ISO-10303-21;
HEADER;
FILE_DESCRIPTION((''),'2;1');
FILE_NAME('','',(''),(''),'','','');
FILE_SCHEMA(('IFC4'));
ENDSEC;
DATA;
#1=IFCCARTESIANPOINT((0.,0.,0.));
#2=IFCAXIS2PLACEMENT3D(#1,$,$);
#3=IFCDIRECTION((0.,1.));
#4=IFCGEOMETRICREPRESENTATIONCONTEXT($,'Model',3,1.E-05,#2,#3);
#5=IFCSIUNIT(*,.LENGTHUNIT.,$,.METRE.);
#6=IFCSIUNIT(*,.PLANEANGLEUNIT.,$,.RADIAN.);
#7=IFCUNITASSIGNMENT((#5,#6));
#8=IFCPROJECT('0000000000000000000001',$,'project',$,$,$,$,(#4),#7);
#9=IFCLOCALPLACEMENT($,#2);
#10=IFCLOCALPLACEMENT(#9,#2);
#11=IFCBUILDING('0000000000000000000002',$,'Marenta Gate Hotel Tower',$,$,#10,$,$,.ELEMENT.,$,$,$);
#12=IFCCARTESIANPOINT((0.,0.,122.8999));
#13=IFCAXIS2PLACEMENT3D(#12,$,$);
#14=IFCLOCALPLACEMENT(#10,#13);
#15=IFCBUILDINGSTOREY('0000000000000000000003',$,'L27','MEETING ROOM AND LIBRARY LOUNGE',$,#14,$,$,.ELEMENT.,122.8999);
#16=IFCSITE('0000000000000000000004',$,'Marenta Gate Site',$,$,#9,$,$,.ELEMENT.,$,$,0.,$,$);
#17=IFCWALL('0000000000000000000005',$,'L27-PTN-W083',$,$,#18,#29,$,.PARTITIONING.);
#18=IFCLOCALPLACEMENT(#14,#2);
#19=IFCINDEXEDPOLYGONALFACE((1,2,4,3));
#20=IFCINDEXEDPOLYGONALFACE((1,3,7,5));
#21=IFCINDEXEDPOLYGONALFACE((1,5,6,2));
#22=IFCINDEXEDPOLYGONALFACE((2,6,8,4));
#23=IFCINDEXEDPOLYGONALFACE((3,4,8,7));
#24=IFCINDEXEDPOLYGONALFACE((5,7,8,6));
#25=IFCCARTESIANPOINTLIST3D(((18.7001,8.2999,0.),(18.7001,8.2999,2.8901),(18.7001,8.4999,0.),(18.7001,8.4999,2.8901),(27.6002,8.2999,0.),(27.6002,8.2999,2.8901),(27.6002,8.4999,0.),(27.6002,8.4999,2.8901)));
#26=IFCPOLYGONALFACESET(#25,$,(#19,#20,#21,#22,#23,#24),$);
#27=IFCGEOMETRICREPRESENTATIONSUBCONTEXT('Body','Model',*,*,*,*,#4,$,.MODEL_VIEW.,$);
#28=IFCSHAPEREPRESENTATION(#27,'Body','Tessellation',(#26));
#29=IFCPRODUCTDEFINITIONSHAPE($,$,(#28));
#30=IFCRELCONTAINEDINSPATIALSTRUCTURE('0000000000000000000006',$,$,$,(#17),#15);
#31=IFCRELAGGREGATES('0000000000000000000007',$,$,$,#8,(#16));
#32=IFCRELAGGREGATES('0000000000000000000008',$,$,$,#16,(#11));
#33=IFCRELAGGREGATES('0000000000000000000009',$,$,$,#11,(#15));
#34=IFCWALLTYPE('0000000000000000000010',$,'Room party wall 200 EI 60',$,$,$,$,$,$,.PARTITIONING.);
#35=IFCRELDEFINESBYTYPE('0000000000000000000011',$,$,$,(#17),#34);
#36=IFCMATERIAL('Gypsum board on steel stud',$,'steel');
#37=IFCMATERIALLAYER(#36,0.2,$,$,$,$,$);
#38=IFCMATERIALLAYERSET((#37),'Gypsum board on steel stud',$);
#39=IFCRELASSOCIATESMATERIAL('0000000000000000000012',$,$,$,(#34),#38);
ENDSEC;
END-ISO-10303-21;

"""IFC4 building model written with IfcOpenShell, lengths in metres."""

from ifc_helpers import new_model, si_unit, direction, frame, frame_2d, origin, place, context, subcontext, project, spatial, rectangle, extrude, material, layer, layer_set, type_object, element, save


model = new_model("IFC4")

# Units and contexts
model_context = context("Model", 3, precision=1e-05, world=origin(), true_north=direction((0.0, 1.0)))
body_context = subcontext(model_context, "Body", "Model", "MODEL_VIEW")
ifc_project = project(units=[si_unit("LENGTHUNIT", "METRE"), si_unit("PLANEANGLEUNIT", "RADIAN")], contexts=[model_context])

# Site, building, storey
site_placement = place(None, origin())
site = spatial("IfcSite", under=ifc_project, at=site_placement, Name="Marenta Gate Site", CompositionType="ELEMENT", RefElevation=0.0)
building_placement = place(site_placement, origin())
building = spatial("IfcBuilding", under=site, at=building_placement, Name="Marenta Gate Hotel Tower", CompositionType="ELEMENT")
storey_placement = place(building_placement, frame((0.0, 0.0, 122.8999)))
storey = spatial("IfcBuildingStorey", under=building, at=storey_placement, Name="L27", Description="MEETING ROOM AND LIBRARY LOUNGE", CompositionType="ELEMENT", Elevation=122.8999)

# Wall
ifc_material_1 = material(Name="Gypsum board on steel stud", Category="steel")
ifc_layer_1 = layer(ifc_material_1, 0.2)
ifc_layer_set_1 = layer_set([ifc_layer_1], Name="Gypsum board on steel stud")
wall_type_1 = type_object("IfcWallType", Name="Room party wall 200 EI 60", PredefinedType="PARTITIONING", material=ifc_layer_set_1)
wall_1_placement = place(storey_placement, frame((18.7, 8.3999, 0.0), z_axis=(0.0, 0.0, 1.0), x_axis=(1.0, 0.0, 0.0)))
element("IfcWall", 1, at=wall_1_placement, inside=storey, type_object=wall_type_1, Name="L27-PTN-W083", PredefinedType="PARTITIONING", context=body_context, shape_type="SweptSolid", body=[
    extrude(rectangle(XDim=8.9001, YDim=0.2, at=frame_2d((4.4502, 0.0))), origin(), (0.0, 0.0, 1.0), 2.8901),
])

save(model, "model.ifc")
